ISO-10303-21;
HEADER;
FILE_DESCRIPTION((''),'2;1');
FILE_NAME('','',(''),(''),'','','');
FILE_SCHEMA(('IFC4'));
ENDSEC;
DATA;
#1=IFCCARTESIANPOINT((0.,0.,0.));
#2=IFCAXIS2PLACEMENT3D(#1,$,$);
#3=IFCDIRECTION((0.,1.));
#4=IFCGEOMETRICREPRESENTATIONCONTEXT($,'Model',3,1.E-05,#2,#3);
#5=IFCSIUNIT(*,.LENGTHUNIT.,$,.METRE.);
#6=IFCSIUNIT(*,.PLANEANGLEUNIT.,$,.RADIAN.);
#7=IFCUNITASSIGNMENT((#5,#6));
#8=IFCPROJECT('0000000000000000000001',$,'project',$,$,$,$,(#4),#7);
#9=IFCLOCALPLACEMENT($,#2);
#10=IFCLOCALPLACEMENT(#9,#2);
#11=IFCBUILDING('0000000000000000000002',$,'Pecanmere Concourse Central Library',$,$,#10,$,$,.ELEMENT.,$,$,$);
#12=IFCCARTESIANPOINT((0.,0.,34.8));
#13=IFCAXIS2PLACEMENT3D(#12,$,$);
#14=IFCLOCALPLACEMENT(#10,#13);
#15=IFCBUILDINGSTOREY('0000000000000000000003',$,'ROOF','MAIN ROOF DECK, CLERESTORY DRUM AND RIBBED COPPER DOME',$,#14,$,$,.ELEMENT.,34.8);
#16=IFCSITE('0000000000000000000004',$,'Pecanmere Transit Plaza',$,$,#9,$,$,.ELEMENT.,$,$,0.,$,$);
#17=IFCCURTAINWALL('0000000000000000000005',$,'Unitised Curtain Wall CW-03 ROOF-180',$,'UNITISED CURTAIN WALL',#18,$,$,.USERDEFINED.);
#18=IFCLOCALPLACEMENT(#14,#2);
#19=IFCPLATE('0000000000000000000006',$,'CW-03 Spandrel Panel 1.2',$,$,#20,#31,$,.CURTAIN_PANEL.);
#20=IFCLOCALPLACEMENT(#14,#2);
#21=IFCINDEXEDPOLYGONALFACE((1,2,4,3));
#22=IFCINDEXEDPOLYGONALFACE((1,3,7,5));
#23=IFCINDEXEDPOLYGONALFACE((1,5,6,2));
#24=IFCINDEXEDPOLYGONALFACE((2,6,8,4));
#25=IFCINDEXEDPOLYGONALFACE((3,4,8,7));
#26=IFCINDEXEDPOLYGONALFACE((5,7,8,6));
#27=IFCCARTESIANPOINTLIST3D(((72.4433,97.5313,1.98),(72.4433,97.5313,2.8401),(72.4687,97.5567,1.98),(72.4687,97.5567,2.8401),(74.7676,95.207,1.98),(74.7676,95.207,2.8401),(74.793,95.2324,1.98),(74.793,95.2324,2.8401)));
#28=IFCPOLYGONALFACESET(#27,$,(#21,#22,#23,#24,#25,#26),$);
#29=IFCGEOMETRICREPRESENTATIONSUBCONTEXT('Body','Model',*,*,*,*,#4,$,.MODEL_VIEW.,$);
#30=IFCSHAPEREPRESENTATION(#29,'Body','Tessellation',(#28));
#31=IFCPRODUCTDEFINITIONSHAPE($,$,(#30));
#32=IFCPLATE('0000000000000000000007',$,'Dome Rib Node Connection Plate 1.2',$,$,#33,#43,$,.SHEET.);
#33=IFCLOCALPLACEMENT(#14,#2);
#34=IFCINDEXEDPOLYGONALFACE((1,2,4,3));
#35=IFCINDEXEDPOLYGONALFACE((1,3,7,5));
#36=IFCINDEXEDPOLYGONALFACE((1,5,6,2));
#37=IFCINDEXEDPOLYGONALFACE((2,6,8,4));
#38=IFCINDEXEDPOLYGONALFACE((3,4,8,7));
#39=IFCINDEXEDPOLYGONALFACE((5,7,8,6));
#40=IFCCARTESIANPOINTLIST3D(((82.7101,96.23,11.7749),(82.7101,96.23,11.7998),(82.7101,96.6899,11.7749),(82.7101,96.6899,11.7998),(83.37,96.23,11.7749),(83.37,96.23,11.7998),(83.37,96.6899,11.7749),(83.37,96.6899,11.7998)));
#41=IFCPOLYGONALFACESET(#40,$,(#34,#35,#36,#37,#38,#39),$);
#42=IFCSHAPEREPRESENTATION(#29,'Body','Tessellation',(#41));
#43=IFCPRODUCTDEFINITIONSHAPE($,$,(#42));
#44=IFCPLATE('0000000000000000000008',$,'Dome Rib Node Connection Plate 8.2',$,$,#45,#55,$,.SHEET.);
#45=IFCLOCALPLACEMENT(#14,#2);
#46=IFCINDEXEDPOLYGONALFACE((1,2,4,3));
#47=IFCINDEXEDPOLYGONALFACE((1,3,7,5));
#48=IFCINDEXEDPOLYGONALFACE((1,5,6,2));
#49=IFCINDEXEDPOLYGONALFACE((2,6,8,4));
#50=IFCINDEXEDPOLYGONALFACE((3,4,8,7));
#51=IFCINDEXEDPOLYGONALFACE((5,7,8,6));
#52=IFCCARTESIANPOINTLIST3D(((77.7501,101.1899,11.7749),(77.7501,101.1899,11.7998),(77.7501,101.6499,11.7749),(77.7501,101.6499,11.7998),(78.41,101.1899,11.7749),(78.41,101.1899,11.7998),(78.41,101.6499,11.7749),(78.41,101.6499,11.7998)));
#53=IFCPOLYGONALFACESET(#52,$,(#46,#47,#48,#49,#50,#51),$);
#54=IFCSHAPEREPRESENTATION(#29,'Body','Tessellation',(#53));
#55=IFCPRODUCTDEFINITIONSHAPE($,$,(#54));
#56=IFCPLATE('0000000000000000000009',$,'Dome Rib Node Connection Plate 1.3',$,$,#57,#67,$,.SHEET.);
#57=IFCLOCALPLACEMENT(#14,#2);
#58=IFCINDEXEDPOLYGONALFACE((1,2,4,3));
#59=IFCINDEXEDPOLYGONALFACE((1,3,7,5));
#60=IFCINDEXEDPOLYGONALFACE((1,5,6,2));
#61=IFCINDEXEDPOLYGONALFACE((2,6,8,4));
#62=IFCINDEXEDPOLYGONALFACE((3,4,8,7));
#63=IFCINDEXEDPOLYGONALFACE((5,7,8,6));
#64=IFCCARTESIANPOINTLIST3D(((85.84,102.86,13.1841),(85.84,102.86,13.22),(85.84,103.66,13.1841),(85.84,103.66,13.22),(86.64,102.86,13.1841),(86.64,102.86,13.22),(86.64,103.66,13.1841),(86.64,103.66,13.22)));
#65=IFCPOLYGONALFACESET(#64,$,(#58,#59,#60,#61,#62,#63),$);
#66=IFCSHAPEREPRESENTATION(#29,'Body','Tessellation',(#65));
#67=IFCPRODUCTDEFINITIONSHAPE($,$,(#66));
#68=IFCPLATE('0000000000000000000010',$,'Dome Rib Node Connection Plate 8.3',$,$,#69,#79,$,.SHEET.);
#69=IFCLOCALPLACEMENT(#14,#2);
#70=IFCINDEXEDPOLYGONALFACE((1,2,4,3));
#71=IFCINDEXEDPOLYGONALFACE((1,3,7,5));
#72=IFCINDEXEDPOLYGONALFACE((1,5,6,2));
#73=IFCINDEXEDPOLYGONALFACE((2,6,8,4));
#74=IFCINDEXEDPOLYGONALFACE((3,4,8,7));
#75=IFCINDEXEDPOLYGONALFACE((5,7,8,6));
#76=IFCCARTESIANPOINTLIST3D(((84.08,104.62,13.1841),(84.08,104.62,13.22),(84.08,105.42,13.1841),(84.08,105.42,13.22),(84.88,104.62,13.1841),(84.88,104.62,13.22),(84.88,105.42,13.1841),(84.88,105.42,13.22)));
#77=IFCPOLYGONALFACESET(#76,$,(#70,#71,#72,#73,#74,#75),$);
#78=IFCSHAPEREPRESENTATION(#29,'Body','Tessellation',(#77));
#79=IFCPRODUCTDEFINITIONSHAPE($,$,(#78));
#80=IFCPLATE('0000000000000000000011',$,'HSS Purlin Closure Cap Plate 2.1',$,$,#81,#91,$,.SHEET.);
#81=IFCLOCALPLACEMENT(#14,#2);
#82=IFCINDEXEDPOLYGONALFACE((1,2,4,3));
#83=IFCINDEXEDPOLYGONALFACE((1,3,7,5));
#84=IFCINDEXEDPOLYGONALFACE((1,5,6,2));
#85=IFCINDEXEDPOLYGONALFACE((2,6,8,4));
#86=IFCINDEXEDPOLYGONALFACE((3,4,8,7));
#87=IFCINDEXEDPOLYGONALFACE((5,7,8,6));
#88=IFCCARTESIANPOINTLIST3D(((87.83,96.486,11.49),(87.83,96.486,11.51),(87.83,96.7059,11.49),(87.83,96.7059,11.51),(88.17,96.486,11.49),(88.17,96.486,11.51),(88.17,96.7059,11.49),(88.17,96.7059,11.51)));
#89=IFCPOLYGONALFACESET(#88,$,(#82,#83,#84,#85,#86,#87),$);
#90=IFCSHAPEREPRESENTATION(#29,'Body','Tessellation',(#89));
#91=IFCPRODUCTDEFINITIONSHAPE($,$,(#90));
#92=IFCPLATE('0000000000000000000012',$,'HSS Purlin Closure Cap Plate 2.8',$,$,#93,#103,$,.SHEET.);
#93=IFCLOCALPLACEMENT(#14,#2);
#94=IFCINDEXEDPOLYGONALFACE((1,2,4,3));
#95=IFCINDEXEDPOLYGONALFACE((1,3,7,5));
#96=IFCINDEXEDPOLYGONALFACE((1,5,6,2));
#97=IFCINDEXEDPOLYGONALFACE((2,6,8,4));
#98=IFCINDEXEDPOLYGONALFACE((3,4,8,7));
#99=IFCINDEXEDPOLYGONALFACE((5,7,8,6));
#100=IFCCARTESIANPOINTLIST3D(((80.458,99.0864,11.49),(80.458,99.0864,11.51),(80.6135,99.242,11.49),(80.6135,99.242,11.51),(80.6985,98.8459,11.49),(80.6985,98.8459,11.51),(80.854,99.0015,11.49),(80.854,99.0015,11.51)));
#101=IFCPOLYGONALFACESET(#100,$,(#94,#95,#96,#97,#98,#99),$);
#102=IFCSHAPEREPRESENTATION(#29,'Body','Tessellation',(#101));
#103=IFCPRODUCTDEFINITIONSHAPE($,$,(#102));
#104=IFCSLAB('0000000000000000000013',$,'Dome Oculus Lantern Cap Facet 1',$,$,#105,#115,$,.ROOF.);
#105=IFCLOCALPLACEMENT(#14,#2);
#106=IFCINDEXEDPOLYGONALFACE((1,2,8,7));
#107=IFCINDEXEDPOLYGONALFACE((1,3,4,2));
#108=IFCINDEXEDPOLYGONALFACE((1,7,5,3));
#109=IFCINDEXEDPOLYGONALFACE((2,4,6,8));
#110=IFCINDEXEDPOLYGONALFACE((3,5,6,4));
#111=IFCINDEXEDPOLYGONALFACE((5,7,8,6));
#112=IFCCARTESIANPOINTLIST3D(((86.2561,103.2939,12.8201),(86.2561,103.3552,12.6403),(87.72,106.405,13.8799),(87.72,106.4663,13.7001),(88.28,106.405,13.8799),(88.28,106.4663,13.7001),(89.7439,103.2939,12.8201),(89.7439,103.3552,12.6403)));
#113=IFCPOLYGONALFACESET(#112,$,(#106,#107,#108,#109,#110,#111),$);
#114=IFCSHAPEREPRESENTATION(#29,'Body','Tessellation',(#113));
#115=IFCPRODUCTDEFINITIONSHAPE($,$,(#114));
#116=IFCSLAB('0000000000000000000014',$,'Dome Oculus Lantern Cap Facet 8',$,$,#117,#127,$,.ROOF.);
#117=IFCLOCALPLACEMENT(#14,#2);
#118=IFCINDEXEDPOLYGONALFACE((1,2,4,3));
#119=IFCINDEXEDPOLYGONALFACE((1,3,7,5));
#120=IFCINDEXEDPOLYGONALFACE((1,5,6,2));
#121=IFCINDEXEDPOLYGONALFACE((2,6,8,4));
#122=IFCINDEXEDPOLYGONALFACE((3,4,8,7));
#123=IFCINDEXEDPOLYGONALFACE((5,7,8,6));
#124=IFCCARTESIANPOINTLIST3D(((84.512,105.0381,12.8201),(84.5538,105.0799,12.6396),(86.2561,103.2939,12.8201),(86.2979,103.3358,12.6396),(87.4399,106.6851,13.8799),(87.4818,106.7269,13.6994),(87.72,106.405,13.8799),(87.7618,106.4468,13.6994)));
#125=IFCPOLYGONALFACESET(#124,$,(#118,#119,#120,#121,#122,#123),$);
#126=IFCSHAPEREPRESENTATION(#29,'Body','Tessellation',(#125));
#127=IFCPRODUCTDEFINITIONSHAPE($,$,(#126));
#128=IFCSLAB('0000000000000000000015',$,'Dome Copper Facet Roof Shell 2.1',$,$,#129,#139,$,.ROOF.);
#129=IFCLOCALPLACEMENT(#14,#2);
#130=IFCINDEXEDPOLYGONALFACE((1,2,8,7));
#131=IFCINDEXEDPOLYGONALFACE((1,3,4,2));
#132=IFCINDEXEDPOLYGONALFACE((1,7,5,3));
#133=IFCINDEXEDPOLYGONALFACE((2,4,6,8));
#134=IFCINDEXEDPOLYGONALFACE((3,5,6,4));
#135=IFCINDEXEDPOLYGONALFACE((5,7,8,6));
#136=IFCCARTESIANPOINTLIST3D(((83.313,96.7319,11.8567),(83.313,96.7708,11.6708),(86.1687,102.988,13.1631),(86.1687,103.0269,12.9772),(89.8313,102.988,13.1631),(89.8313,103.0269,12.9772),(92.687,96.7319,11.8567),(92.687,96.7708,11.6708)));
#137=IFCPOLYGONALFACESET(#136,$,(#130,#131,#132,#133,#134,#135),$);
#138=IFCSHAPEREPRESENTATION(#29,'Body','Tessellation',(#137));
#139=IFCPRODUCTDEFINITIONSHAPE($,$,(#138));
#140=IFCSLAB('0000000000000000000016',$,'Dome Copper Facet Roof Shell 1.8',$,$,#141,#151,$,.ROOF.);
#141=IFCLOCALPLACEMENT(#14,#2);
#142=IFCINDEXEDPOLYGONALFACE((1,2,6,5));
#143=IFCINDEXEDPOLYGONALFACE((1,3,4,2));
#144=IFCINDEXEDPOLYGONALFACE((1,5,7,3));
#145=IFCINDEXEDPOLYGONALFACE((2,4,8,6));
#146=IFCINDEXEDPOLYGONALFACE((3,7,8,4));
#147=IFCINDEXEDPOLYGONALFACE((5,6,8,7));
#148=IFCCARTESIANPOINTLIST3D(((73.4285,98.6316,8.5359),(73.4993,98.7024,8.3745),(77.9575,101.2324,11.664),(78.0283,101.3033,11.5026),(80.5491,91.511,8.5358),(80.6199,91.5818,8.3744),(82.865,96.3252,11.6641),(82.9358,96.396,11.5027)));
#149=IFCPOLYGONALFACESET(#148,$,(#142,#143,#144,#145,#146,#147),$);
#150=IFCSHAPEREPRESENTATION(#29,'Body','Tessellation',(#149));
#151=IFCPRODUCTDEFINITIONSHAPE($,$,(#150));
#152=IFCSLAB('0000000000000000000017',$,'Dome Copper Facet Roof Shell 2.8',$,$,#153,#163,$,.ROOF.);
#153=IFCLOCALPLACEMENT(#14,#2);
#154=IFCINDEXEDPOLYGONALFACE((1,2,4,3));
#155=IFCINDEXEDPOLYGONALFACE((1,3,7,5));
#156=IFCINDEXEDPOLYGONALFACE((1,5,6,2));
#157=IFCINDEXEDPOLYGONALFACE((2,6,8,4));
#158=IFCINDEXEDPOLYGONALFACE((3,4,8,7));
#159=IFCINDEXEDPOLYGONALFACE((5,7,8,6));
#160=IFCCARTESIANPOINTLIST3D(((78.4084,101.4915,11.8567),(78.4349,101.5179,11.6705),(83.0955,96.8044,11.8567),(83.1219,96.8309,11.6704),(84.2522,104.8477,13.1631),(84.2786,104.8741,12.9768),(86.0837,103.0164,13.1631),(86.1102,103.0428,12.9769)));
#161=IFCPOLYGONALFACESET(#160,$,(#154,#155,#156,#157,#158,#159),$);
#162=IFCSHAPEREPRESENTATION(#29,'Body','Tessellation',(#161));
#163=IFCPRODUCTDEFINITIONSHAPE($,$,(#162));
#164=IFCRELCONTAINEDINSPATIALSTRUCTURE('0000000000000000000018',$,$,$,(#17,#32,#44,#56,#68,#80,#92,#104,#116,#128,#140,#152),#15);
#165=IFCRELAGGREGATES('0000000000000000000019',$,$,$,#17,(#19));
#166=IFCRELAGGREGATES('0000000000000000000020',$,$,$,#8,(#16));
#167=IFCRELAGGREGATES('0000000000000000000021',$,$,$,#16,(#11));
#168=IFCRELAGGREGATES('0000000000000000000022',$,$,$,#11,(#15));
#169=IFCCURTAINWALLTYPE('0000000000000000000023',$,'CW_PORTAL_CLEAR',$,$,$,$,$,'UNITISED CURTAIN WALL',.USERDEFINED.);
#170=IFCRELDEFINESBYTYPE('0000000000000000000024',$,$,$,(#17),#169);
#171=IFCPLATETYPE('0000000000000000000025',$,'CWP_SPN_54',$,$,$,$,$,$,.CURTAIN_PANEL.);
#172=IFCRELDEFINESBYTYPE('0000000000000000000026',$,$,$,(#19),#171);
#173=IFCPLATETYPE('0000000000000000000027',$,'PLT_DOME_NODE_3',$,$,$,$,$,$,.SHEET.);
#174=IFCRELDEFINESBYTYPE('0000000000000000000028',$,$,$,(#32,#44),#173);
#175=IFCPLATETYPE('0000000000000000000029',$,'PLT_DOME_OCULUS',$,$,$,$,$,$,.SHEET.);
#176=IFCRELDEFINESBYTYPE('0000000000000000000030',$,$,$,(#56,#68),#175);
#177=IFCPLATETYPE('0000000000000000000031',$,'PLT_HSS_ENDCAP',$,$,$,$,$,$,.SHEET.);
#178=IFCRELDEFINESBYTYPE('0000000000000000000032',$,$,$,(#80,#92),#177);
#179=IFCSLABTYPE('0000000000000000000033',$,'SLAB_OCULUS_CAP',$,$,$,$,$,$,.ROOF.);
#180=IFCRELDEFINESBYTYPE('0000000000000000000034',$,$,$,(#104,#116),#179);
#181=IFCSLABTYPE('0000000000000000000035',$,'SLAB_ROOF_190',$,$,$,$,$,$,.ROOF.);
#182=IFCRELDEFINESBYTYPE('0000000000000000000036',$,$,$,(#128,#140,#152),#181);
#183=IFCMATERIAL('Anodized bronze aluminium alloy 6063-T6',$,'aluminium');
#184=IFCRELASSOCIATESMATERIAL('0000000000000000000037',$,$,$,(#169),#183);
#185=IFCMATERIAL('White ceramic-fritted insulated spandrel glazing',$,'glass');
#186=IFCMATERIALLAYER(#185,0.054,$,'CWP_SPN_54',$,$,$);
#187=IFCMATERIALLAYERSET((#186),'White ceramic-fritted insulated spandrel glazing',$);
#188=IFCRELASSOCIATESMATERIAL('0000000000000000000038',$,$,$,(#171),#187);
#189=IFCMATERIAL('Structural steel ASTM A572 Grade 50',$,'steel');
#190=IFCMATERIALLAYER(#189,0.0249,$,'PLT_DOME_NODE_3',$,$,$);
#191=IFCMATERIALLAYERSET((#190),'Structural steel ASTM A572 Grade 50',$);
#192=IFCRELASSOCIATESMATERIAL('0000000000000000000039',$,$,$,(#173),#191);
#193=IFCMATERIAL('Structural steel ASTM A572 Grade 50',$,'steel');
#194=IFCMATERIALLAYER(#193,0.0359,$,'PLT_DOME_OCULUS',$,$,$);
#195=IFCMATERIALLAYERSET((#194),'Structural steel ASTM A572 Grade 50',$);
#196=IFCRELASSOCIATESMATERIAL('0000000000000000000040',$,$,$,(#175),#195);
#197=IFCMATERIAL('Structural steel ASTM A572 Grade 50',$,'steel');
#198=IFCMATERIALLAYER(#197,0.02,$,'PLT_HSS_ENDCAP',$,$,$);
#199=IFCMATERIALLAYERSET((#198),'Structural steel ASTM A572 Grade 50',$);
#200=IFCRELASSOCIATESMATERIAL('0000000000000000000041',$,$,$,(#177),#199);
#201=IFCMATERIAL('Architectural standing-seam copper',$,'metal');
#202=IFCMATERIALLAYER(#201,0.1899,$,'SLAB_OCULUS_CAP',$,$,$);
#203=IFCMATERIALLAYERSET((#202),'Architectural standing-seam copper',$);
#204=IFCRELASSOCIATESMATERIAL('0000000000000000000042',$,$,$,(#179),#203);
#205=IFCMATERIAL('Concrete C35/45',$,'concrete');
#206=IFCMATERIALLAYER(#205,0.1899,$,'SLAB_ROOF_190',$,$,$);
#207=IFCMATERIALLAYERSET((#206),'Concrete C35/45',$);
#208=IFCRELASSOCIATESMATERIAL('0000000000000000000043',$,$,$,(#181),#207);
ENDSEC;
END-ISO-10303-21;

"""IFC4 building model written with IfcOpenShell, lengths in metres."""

from ifc_helpers import new_model, si_unit, direction, frame, origin, origin_2d, place, context, subcontext, project, spatial, polyline, rectangle, outline, extrude, material, layer, layer_set, type_object, element, aggregate, save


model = new_model("IFC4")

# Units and contexts
model_context = context("Model", 3, precision=1e-05, world=origin(), true_north=direction((0.0, 1.0)))
body_context = subcontext(model_context, "Body", "Model", "MODEL_VIEW")
ifc_project = project(units=[si_unit("LENGTHUNIT", "METRE"), si_unit("PLANEANGLEUNIT", "RADIAN")], contexts=[model_context])

# Site, building, storey
site_placement = place(None, origin())
site = spatial("IfcSite", under=ifc_project, at=site_placement, Name="Pecanmere Transit Plaza", CompositionType="ELEMENT", RefElevation=0.0)
building_placement = place(site_placement, origin())
building = spatial("IfcBuilding", under=site, at=building_placement, Name="Pecanmere Concourse Central Library", CompositionType="ELEMENT")
storey_placement = place(building_placement, frame((0.0, 0.0, 34.8)))
storey = spatial("IfcBuildingStorey", under=building, at=storey_placement, Name="ROOF", Description="MAIN ROOF DECK, CLERESTORY DRUM AND RIBBED COPPER DOME", CompositionType="ELEMENT", Elevation=34.8)

# Curtain wall, plate
ifc_material_1 = material(Name="Anodized bronze aluminium alloy 6063-T6", Category="aluminium")
curtain_wall_type = type_object("IfcCurtainWallType", Name="CW_PORTAL_CLEAR", ElementType="UNITISED CURTAIN WALL", PredefinedType="USERDEFINED", material=ifc_material_1)
curtain_wall_placement = place(storey_placement, origin())
curtain_wall = element("IfcCurtainWall", 1, at=curtain_wall_placement, inside=storey, type_object=curtain_wall_type, Name="Unitised Curtain Wall CW-03 ROOF-180", ObjectType="UNITISED CURTAIN WALL", PredefinedType="USERDEFINED")
ifc_material_2 = material(Name="White ceramic-fritted insulated spandrel glazing", Category="glass")
ifc_layer_1 = layer(ifc_material_2, 0.054, Name="CWP_SPN_54")
ifc_layer_set_1 = layer_set([ifc_layer_1], Name="White ceramic-fritted insulated spandrel glazing")
plate_type_1 = type_object("IfcPlateType", Name="CWP_SPN_54", PredefinedType="CURTAIN_PANEL", material=ifc_layer_set_1)
plate_1_placement = place(storey_placement, frame((73.6182, 96.3818, 1.98), z_axis=(0.0, 0.0, 1.0), x_axis=(0.707107, -0.707107, 0.0)))
plate_1 = element("IfcPlate", 2, at=plate_1_placement, type_object=plate_type_1, Name="CW-03 Spandrel Panel 1.2", PredefinedType="CURTAIN_PANEL", context=body_context, shape_type="SweptSolid", body=[
    extrude(rectangle(XDim=3.2871, YDim=0.0359, at=origin_2d()), origin(), (0.0, 0.0, 1.0), 0.8601),
])
aggregate(curtain_wall, [plate_1])

# Plates
ifc_material_3 = material(Name="Structural steel ASTM A572 Grade 50", Category="steel")
ifc_layer_2 = layer(ifc_material_3, 0.0249, Name="PLT_DOME_NODE_3")
ifc_layer_set_2 = layer_set([ifc_layer_2], Name="Structural steel ASTM A572 Grade 50")
plate_type_2 = type_object("IfcPlateType", Name="PLT_DOME_NODE_3", PredefinedType="SHEET", material=ifc_layer_set_2)
for number, where, z_axis, x_axis, name in (
    (3, (83.04, 96.46, 11.7749), (0.0, 0.0, 1.0), (1.0, 0.0, 0.0), "Dome Rib Node Connection Plate 1.2"),
    (4, (78.0801, 101.4199, 11.7749), (0.0, 0.0, 1.0), (1.0, 0.0, 0.0), "Dome Rib Node Connection Plate 8.2"),
):
    element("IfcPlate", number, at=place(storey_placement, frame(where, z_axis=z_axis, x_axis=x_axis)), inside=storey, type_object=plate_type_2, Name=name, PredefinedType="SHEET", context=body_context, shape_type="SweptSolid", body=[
        extrude(rectangle(XDim=0.6599, YDim=0.46, at=origin_2d()), origin(), (0.0, 0.0, 1.0), 0.0249),
    ])
ifc_material_4 = material(Name="Structural steel ASTM A572 Grade 50", Category="steel")
ifc_layer_3 = layer(ifc_material_4, 0.0359, Name="PLT_DOME_OCULUS")
ifc_layer_set_3 = layer_set([ifc_layer_3], Name="Structural steel ASTM A572 Grade 50")
plate_type_3 = type_object("IfcPlateType", Name="PLT_DOME_OCULUS", PredefinedType="SHEET", material=ifc_layer_set_3)
for number, where, z_axis, x_axis, name in (
    (5, (86.24, 103.26, 13.1841), (0.0, 0.0, 1.0), (1.0, 0.0, 0.0), "Dome Rib Node Connection Plate 1.3"),
    (6, (84.48, 105.02, 13.1841), (0.0, 0.0, 1.0), (1.0, 0.0, 0.0), "Dome Rib Node Connection Plate 8.3"),
):
    element("IfcPlate", number, at=place(storey_placement, frame(where, z_axis=z_axis, x_axis=x_axis)), inside=storey, type_object=plate_type_3, Name=name, PredefinedType="SHEET", context=body_context, shape_type="SweptSolid", body=[
        extrude(rectangle(XDim=0.8, YDim=0.8, at=origin_2d()), origin(), (0.0, 0.0, 1.0), 0.0359),
    ])
ifc_material_5 = material(Name="Structural steel ASTM A572 Grade 50", Category="steel")
ifc_layer_4 = layer(ifc_material_5, 0.02, Name="PLT_HSS_ENDCAP")
ifc_layer_set_4 = layer_set([ifc_layer_4], Name="Structural steel ASTM A572 Grade 50")
plate_type_4 = type_object("IfcPlateType", Name="PLT_HSS_ENDCAP", PredefinedType="SHEET", material=ifc_layer_set_4)
for number, where, z_axis, x_axis, name in (
    (7, (88.0, 96.5959, 11.49), (0.0, 0.0, 1.0), (1.0, 0.0, 0.0), "HSS Purlin Closure Cap Plate 2.1"),
    (8, (80.656, 99.0439, 11.49), (0.0, 0.0, 1.0), (0.707107, -0.707107, 0.0), "HSS Purlin Closure Cap Plate 2.8"),
):
    element("IfcPlate", number, at=place(storey_placement, frame(where, z_axis=z_axis, x_axis=x_axis)), inside=storey, type_object=plate_type_4, Name=name, PredefinedType="SHEET", context=body_context, shape_type="SweptSolid", body=[
        extrude(rectangle(XDim=0.3401, YDim=0.22, at=origin_2d()), origin(), (0.0, 0.0, 1.0), 0.02),
    ])

# Slabs
ifc_material_6 = material(Name="Architectural standing-seam copper", Category="metal")
ifc_layer_5 = layer(ifc_material_6, 0.1899, Name="SLAB_OCULUS_CAP")
ifc_layer_set_5 = layer_set([ifc_layer_5], Name="Architectural standing-seam copper")
slab_type_1 = type_object("IfcSlabType", Name="SLAB_OCULUS_CAP", PredefinedType="ROOF", material=ifc_layer_set_5)
slab_1_placement = place(storey_placement, frame((86.2561, 103.2939, 12.8201), z_axis=(0.0, -0.322461, 0.946583), x_axis=(1.0, 0.0, 0.0)))
element("IfcSlab", 9, at=slab_1_placement, inside=storey, type_object=slab_type_1, Name="Dome Oculus Lantern Cap Facet 1", PredefinedType="ROOF", context=body_context, shape_type="SweptSolid", body=[
    extrude(outline(polyline([(0.0, 0.0), (3.4878, 0.0), (2.0239, 3.2866), (1.4639, 3.2866), (0.0, 0.0)])), origin(), (0.0, 0.0, -1.0), 0.1899),
])
slab_2_placement = place(storey_placement, frame((84.512, 105.0381, 12.8201), z_axis=(-0.220143, -0.220143, 0.950302), x_axis=(0.707107, -0.707107, 0.0)))
element("IfcSlab", 10, at=slab_2_placement, inside=storey, type_object=slab_type_1, Name="Dome Oculus Lantern Cap Facet 8", PredefinedType="ROOF", context=body_context, shape_type="SweptSolid", body=[
    extrude(outline(polyline([(0.0, 0.0), (2.4666, 0.0), (1.3018, 3.4042), (0.9058, 3.4042), (0.0, 0.0)])), origin(), (0.0, 0.0, -1.0), 0.1899),
])
ifc_material_7 = material(Name="Concrete C35/45", Category="concrete")
ifc_layer_6 = layer(ifc_material_7, 0.1899, Name="SLAB_ROOF_190")
ifc_layer_set_6 = layer_set([ifc_layer_6], Name="Concrete C35/45")
slab_type_2 = type_object("IfcSlabType", Name="SLAB_ROOF_190", PredefinedType="ROOF", material=ifc_layer_set_6)
slab_3_placement = place(storey_placement, frame((83.313, 96.7319, 11.8567), z_axis=(0.0, -0.20441, 0.978885), x_axis=(1.0, 0.0, 0.0)))
element("IfcSlab", 11, at=slab_3_placement, inside=storey, type_object=slab_type_2, Name="Dome Copper Facet Roof Shell 2.1", PredefinedType="ROOF", context=body_context, shape_type="SweptSolid", body=[
    extrude(outline(polyline([(0.0, 0.0), (9.374, 0.0), (6.5183, 6.391), (2.8557, 6.391), (0.0, 0.0)])), origin(), (0.0, 0.0, -1.0), 0.1899),
])
slab_4_placement = place(storey_placement, frame((73.4285, 98.6316, 8.5359), z_axis=(-0.3728, -0.372807, 0.849726), x_axis=(0.707109, -0.707105, -0.000005)))
element("IfcSlab", 12, at=slab_4_placement, inside=storey, type_object=slab_type_2, Name="Dome Copper Facet Roof Shell 1.8", PredefinedType="ROOF", context=body_context, shape_type="SweptSolid", body=[
    extrude(outline(polyline([(0.0, 0.0), (10.0701, 0.0), (8.3035, 5.9334), (1.3635, 5.9332), (0.0, 0.0)])), origin(), (0.0, 0.0, -1.0), 0.1899),
])
slab_5_placement = place(storey_placement, frame((78.4084, 101.4915, 11.8567), z_axis=(-0.139216, -0.139222, 0.980427), x_axis=(0.707107, -0.707106, -0.000004)))
element("IfcSlab", 13, at=slab_5_placement, inside=storey, type_object=slab_type_2, Name="Dome Copper Facet Roof Shell 2.8", PredefinedType="ROOF", context=body_context, shape_type="SweptSolid", body=[
    extrude(outline(polyline([(0.0, 0.0), (6.6284, 0.0), (4.349, 6.6354), (1.759, 6.6352), (0.0, 0.0)])), origin(), (0.0, 0.0, -1.0), 0.1899),
])

save(model, "model.ifc")
